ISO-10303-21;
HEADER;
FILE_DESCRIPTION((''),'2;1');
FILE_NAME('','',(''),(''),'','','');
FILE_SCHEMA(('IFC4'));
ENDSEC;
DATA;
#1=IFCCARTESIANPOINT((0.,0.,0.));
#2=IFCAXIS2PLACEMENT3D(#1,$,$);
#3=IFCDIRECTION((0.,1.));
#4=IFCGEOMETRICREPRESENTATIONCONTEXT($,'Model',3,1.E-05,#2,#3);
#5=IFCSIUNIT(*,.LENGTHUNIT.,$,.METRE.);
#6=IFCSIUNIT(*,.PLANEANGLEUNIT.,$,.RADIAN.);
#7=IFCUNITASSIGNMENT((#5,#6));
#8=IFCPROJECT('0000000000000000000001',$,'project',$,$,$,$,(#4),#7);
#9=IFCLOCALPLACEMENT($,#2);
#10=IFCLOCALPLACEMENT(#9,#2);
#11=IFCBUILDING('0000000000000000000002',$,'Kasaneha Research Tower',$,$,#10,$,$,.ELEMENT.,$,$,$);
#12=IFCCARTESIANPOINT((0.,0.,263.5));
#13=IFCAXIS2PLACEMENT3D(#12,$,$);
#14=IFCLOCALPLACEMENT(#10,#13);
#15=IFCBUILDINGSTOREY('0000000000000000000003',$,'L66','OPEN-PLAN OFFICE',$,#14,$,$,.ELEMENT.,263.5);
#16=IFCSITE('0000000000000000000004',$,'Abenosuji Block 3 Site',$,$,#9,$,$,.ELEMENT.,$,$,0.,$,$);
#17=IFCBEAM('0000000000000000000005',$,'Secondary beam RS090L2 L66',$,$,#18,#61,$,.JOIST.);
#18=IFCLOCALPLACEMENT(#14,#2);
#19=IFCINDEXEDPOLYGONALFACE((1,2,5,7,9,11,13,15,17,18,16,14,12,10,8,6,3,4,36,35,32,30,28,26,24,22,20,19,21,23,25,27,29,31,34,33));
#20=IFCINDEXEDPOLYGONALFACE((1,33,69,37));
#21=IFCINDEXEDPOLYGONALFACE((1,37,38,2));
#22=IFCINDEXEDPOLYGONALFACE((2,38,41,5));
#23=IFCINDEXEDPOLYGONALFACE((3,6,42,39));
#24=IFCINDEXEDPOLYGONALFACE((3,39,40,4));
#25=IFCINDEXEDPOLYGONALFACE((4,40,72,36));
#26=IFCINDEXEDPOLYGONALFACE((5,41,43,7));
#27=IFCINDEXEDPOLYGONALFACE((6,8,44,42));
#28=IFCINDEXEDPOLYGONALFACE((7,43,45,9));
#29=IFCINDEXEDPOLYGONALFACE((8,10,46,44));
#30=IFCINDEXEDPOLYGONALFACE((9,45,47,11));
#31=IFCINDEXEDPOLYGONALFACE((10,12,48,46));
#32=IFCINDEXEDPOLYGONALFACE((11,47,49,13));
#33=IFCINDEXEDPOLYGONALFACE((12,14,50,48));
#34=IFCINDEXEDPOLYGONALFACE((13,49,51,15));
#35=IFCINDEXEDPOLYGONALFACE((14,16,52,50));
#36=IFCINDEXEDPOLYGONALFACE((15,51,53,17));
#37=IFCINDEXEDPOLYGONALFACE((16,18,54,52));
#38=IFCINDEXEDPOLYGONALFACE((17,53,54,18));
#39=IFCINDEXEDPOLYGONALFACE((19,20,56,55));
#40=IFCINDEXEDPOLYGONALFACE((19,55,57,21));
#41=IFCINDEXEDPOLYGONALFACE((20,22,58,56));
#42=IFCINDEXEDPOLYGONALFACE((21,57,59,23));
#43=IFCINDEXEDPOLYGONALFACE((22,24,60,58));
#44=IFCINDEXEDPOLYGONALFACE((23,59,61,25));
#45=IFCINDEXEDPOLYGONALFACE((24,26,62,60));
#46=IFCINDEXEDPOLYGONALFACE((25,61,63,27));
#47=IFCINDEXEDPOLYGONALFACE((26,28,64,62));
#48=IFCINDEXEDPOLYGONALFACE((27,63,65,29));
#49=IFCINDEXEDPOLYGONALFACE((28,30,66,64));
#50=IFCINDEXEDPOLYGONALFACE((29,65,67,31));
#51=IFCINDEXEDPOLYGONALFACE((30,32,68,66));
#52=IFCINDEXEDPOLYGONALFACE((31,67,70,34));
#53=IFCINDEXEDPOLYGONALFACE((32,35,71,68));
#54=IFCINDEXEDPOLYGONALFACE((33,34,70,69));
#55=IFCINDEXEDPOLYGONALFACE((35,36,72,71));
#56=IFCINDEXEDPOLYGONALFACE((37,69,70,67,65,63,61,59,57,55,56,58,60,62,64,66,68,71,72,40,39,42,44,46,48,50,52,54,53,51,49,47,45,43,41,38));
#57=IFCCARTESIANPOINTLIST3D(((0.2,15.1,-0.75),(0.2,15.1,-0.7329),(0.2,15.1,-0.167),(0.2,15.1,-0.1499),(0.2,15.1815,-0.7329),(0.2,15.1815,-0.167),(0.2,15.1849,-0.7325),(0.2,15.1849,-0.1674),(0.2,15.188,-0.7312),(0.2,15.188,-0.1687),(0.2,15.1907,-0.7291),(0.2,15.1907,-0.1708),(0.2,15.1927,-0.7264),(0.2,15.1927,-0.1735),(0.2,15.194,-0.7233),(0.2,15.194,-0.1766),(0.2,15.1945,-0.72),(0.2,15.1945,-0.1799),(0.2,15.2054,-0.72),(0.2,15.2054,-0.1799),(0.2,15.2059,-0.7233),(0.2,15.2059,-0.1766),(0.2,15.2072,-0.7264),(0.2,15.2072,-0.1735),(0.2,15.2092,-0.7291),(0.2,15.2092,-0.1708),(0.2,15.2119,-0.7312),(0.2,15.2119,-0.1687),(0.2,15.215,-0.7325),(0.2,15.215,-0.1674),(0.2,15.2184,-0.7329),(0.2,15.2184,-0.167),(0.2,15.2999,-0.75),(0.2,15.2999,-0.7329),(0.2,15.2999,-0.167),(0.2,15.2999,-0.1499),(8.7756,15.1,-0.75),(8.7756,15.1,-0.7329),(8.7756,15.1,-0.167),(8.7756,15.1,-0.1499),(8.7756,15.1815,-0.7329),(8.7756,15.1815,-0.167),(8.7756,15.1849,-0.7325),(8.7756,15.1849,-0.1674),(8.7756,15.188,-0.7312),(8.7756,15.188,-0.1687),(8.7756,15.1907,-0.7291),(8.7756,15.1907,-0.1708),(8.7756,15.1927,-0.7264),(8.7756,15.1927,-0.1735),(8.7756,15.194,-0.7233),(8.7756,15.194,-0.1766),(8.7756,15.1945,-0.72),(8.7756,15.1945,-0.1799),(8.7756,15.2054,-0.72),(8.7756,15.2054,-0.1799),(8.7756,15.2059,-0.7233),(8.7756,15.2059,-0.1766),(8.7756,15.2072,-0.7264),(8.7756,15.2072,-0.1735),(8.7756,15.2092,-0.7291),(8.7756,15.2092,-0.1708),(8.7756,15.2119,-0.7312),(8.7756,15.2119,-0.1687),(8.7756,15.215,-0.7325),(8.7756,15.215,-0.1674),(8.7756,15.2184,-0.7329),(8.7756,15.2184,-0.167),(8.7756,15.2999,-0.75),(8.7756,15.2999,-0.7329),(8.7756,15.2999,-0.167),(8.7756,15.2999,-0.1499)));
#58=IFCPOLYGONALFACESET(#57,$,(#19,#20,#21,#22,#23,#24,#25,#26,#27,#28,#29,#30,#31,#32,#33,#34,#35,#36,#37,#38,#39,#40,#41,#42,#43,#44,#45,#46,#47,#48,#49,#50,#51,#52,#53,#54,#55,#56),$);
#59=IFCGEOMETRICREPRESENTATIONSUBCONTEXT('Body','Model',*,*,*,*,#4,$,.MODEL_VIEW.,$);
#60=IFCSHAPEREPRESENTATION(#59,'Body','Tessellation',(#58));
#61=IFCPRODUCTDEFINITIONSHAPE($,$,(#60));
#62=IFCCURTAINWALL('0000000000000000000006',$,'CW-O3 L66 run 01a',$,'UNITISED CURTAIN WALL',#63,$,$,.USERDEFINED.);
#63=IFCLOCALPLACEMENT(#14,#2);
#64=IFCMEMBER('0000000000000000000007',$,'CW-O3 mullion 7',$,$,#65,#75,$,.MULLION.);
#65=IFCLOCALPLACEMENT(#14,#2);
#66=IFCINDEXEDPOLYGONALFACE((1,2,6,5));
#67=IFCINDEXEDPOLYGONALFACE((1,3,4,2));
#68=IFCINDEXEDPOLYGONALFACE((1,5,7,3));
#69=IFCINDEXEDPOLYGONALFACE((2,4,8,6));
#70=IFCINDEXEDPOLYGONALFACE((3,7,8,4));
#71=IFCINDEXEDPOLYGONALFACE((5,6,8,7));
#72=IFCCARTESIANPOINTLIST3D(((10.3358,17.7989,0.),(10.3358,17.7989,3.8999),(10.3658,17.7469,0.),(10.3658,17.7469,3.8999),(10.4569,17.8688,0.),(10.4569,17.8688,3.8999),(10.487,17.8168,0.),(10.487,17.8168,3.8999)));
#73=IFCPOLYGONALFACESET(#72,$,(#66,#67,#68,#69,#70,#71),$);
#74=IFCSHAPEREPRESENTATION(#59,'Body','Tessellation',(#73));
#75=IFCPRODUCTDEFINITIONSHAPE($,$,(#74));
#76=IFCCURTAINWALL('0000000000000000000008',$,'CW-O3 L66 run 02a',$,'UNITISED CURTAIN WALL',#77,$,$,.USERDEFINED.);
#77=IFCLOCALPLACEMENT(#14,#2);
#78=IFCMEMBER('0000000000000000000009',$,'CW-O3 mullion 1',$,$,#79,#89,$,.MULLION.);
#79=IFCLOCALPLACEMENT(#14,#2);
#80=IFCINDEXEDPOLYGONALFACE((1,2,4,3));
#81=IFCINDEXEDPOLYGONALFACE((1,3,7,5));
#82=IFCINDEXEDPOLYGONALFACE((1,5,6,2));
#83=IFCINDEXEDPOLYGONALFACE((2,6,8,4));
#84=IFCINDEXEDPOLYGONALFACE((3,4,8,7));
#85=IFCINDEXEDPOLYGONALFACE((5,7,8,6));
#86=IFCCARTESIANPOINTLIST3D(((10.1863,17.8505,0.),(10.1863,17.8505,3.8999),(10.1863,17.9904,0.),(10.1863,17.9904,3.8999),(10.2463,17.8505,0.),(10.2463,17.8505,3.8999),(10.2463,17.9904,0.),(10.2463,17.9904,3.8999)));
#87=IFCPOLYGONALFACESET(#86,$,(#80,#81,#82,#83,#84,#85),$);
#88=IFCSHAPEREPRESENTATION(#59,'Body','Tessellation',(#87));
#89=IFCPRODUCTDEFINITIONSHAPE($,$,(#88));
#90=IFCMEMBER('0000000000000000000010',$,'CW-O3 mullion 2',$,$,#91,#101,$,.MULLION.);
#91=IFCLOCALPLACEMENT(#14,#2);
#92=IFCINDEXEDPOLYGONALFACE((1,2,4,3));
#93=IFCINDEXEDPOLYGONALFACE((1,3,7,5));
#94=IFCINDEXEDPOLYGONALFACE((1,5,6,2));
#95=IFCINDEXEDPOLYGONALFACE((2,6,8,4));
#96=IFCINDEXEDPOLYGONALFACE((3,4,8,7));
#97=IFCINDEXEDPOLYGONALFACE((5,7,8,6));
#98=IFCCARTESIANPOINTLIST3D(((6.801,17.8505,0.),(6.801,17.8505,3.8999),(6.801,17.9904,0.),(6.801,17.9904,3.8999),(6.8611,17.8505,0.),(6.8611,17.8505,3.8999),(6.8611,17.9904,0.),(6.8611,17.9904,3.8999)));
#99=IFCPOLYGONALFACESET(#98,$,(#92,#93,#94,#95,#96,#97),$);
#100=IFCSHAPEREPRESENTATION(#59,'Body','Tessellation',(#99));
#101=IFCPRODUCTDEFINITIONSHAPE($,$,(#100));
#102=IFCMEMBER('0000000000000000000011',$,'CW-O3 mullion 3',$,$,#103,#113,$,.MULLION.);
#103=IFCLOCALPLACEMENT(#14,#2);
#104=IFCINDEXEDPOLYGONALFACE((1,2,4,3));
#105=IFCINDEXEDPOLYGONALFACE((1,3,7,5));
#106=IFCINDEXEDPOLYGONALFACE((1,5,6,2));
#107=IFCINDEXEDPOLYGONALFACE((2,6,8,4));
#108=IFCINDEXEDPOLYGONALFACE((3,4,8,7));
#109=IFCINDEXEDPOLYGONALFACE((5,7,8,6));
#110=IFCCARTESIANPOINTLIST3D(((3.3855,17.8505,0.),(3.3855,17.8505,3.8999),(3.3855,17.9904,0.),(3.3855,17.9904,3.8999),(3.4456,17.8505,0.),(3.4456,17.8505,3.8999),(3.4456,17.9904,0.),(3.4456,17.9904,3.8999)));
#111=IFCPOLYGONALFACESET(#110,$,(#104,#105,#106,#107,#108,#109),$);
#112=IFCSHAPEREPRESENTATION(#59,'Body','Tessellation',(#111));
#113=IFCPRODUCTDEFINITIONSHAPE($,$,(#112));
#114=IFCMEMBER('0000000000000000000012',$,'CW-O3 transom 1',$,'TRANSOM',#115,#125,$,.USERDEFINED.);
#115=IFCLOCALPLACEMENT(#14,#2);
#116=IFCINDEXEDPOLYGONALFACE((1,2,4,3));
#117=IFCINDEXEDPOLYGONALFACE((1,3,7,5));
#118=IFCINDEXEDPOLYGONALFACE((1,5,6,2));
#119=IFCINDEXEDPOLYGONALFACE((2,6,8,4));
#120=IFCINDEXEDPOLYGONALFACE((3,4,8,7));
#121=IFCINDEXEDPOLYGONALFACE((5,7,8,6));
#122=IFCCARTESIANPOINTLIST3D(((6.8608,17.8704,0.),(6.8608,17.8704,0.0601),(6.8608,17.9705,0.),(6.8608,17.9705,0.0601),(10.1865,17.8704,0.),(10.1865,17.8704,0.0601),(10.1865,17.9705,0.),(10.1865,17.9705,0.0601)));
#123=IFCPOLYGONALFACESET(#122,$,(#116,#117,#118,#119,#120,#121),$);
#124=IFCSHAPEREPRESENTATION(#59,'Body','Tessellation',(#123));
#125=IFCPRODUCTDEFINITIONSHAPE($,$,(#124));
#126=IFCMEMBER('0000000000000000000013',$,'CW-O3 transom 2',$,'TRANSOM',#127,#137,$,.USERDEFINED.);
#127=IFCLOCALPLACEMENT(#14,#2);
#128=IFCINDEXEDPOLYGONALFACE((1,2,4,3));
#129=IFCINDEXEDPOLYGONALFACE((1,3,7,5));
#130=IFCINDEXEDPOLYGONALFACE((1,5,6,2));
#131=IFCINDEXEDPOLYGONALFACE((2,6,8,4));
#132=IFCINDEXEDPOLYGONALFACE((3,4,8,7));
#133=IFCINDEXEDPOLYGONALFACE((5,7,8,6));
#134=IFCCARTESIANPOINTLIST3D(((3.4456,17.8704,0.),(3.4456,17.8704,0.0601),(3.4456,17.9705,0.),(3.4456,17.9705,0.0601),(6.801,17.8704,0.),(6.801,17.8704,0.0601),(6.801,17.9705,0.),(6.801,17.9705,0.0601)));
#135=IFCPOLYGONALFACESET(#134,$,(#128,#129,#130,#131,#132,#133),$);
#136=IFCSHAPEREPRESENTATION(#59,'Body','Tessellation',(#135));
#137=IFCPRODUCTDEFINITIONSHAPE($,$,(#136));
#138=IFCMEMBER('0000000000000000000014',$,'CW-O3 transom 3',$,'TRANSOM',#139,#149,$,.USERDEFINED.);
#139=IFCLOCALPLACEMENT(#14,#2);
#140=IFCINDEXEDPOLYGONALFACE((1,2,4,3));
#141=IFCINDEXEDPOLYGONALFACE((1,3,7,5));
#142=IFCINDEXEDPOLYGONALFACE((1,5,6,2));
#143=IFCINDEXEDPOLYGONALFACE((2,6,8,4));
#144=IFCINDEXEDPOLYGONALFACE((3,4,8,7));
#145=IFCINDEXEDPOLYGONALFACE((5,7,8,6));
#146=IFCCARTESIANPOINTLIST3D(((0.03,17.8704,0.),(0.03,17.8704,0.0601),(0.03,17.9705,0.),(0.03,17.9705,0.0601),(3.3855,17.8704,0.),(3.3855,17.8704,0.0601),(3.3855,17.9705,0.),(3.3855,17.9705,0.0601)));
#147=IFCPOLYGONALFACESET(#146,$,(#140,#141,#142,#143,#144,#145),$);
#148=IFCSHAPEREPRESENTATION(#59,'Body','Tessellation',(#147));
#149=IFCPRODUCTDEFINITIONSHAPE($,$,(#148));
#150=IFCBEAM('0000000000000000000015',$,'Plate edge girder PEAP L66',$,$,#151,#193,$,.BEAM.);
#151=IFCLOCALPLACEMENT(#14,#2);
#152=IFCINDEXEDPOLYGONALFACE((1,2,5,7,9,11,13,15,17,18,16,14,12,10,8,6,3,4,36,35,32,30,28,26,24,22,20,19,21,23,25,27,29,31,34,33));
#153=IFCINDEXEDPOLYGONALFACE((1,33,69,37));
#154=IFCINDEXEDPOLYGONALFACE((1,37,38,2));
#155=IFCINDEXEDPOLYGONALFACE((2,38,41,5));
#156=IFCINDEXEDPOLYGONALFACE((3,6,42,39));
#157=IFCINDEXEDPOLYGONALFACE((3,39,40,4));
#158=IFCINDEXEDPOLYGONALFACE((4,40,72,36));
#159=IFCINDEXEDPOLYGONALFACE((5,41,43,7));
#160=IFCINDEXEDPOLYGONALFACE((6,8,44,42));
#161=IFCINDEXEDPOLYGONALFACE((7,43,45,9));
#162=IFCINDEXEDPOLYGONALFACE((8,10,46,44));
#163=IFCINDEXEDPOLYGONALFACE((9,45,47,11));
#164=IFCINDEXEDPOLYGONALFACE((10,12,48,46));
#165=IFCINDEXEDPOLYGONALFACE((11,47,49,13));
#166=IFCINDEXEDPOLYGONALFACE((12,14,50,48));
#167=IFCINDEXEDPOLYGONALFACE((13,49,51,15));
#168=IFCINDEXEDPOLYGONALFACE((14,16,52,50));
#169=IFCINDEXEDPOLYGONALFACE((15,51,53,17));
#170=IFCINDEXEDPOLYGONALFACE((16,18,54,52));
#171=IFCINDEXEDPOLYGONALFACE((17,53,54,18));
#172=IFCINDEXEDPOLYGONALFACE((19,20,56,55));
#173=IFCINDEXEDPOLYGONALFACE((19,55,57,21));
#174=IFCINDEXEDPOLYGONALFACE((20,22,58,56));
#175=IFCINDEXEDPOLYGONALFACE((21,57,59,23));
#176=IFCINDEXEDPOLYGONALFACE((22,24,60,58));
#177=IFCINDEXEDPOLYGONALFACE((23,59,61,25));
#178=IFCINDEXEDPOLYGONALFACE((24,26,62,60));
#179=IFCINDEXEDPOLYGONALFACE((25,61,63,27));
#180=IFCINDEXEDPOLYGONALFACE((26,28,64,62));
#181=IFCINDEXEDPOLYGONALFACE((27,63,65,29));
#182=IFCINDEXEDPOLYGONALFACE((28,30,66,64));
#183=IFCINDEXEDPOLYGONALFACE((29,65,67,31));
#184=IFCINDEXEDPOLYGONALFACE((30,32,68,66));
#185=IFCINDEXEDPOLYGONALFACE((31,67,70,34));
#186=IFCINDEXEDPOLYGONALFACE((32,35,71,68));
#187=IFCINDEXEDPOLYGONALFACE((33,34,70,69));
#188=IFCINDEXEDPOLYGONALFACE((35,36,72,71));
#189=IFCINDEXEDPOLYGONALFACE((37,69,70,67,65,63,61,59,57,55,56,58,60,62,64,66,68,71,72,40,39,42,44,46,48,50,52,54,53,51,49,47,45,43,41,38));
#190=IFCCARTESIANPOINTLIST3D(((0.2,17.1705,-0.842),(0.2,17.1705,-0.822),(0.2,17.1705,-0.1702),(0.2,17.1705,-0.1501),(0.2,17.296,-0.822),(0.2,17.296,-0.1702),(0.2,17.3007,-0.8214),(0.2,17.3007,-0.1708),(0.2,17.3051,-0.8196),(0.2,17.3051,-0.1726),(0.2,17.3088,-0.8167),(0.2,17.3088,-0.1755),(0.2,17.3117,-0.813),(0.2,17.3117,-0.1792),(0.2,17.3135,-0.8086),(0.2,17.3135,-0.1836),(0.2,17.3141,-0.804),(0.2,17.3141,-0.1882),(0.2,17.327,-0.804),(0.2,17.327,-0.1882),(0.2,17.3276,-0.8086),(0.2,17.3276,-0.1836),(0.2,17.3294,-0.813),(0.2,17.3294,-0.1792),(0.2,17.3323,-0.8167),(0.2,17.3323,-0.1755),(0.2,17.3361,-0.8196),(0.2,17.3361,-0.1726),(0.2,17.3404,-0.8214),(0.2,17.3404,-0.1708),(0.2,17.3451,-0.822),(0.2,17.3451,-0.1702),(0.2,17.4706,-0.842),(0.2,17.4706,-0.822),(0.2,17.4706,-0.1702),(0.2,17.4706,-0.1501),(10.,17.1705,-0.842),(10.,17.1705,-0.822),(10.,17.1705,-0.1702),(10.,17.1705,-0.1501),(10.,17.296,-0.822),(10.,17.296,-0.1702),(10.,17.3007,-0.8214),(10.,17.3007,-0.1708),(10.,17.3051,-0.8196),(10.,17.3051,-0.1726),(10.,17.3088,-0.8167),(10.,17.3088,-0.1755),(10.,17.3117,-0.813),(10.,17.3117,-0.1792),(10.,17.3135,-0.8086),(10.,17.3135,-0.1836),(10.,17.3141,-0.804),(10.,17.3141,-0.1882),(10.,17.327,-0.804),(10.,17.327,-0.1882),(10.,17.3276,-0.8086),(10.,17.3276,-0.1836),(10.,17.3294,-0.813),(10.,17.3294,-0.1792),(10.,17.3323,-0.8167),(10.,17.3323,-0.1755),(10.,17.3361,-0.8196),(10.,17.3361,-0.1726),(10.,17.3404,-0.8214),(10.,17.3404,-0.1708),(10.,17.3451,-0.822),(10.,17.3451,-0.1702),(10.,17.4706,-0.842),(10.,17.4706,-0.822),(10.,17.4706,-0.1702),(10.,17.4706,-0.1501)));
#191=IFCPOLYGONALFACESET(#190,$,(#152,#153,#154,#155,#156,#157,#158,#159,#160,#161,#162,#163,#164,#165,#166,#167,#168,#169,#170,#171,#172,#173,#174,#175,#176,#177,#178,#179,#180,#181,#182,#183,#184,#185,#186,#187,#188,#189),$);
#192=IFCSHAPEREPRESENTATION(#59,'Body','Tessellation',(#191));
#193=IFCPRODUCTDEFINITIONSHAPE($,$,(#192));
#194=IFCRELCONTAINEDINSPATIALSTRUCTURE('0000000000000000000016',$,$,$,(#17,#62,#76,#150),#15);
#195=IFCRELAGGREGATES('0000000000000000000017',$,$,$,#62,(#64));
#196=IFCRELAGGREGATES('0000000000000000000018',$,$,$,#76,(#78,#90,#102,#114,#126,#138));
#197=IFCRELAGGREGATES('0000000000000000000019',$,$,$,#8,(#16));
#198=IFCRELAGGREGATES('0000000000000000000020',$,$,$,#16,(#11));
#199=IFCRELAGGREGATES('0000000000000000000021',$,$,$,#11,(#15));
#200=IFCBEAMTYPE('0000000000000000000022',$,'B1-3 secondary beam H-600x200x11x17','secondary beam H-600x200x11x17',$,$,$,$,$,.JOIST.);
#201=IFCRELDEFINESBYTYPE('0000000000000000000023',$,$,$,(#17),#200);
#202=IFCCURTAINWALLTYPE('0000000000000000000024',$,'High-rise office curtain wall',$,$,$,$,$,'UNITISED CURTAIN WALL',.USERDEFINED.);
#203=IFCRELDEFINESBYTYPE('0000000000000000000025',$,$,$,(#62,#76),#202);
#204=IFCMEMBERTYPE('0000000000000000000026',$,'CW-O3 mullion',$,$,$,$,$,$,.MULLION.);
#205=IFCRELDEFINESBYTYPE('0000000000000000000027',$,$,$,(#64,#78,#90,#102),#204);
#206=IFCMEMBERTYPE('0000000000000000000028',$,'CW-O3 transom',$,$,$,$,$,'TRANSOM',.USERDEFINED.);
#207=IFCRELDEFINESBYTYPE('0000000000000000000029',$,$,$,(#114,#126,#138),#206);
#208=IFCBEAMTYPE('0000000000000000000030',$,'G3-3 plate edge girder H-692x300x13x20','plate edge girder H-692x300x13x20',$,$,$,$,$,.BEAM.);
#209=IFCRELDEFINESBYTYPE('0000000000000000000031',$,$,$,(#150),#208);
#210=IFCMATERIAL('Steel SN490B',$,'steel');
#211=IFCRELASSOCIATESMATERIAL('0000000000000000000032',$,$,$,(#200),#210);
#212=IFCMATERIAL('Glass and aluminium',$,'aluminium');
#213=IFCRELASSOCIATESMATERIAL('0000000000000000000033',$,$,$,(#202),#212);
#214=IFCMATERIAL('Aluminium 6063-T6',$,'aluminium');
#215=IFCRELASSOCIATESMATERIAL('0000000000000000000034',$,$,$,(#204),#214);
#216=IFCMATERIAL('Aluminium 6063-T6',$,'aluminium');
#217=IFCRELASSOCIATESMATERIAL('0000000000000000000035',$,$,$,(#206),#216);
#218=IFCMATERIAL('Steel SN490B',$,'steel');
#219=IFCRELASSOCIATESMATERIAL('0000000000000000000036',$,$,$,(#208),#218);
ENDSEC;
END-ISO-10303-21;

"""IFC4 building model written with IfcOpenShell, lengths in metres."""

from ifc_helpers import new_model, si_unit, direction, frame, origin, origin_2d, place, context, subcontext, project, spatial, rectangle, i_section, extrude, material, material_profile, profile_set, type_object, element, aggregate, save


model = new_model("IFC4")

# Units and contexts
model_context = context("Model", 3, precision=1e-05, world=origin(), true_north=direction((0.0, 1.0)))
body_context = subcontext(model_context, "Body", "Model", "MODEL_VIEW")
ifc_project = project(units=[si_unit("LENGTHUNIT", "METRE"), si_unit("PLANEANGLEUNIT", "RADIAN")], contexts=[model_context])

# Site, building, storey
site_placement = place(None, origin())
site = spatial("IfcSite", under=ifc_project, at=site_placement, Name="Abenosuji Block 3 Site", CompositionType="ELEMENT", RefElevation=0.0)
building_placement = place(site_placement, origin())
building = spatial("IfcBuilding", under=site, at=building_placement, Name="Kasaneha Research Tower", CompositionType="ELEMENT")
storey_placement = place(building_placement, frame((0.0, 0.0, 263.5)))
storey = spatial("IfcBuildingStorey", under=building, at=storey_placement, Name="L66", Description="OPEN-PLAN OFFICE", CompositionType="ELEMENT", Elevation=263.5)

# Beam
ifc_material_1 = material(Name="Steel SN490B", Category="steel")
ifc_material_profile_1 = material_profile(ifc_material_1, i_section(OverallWidth=0.2, OverallDepth=0.6001, WebThickness=0.011, FlangeThickness=0.0171, FilletRadius=0.0129, at=origin_2d()), Name="H-600x200x11x17")
ifc_profile_set_1 = profile_set([ifc_material_profile_1], Name="Steel SN490B")
beam_type_1 = type_object("IfcBeamType", Name="B1-3 secondary beam H-600x200x11x17", Description="secondary beam H-600x200x11x17", PredefinedType="JOIST", material=ifc_profile_set_1)
beam_1_placement = place(storey_placement, frame((8.7756, 15.2, -0.45), z_axis=(-1.0, 0.0, 0.0), x_axis=(0.0, -1.0, 0.0)))
element("IfcBeam", 1, at=beam_1_placement, inside=storey, type_object=beam_type_1, Name="Secondary beam RS090L2 L66", PredefinedType="JOIST", context=body_context, shape_type="SweptSolid", body=[
    extrude(i_section(OverallWidth=0.2, OverallDepth=0.6001, WebThickness=0.011, FlangeThickness=0.0171, FilletRadius=0.0129, at=origin_2d()), origin(), (0.0, 0.0, 1.0), 8.5757),
])

# Curtain wall, member
ifc_material_2 = material(Name="Glass and aluminium", Category="aluminium")
curtain_wall_type = type_object("IfcCurtainWallType", Name="High-rise office curtain wall", ElementType="UNITISED CURTAIN WALL", PredefinedType="USERDEFINED", material=ifc_material_2)
curtain_wall_1_placement = place(storey_placement, origin())
curtain_wall_1 = element("IfcCurtainWall", 2, at=curtain_wall_1_placement, inside=storey, type_object=curtain_wall_type, Name="CW-O3 L66 run 01a", ObjectType="UNITISED CURTAIN WALL", PredefinedType="USERDEFINED")
ifc_material_3 = material(Name="Aluminium 6063-T6", Category="aluminium")
ifc_material_profile_2 = material_profile(ifc_material_3, rectangle(XDim=0.0601, YDim=0.1399, at=origin_2d()), Name="CW-O3 mullion 60x140")
ifc_profile_set_2 = profile_set([ifc_material_profile_2], Name="Aluminium 6063-T6")
member_type_1 = type_object("IfcMemberType", Name="CW-O3 mullion", PredefinedType="MULLION", material=ifc_profile_set_2)
member_1_placement = place(storey_placement, frame((10.4114, 17.8079, 0.0), z_axis=(0.0, 0.0, 1.0), x_axis=(-0.5, 0.866025, 0.0)))
member_1 = element("IfcMember", 3, at=member_1_placement, type_object=member_type_1, Name="CW-O3 mullion 7", PredefinedType="MULLION", context=body_context, shape_type="SweptSolid", body=[
    extrude(rectangle(XDim=0.0601, YDim=0.1399, at=origin_2d()), origin(), (0.0, 0.0, 1.0), 3.8999),
])

# Curtain wall, members
curtain_wall_2_placement = place(storey_placement, origin())
curtain_wall_2 = element("IfcCurtainWall", 4, at=curtain_wall_2_placement, inside=storey, type_object=curtain_wall_type, Name="CW-O3 L66 run 02a", ObjectType="UNITISED CURTAIN WALL", PredefinedType="USERDEFINED")
member_2_placement = place(storey_placement, frame((10.2163, 17.9204, 0.0), z_axis=(0.0, 0.0, 1.0), x_axis=(-1.0, 0.0, 0.0)))
member_2 = element("IfcMember", 5, at=member_2_placement, type_object=member_type_1, Name="CW-O3 mullion 1", PredefinedType="MULLION", context=body_context, shape_type="SweptSolid", body=[
    extrude(rectangle(XDim=0.0601, YDim=0.1399, at=origin_2d()), origin(), (0.0, 0.0, 1.0), 3.8999),
])
member_3_placement = place(storey_placement, frame((6.8311, 17.9204, 0.0), z_axis=(0.0, 0.0, 1.0), x_axis=(-1.0, 0.0, 0.0)))
member_3 = element("IfcMember", 6, at=member_3_placement, type_object=member_type_1, Name="CW-O3 mullion 2", PredefinedType="MULLION", context=body_context, shape_type="SweptSolid", body=[
    extrude(rectangle(XDim=0.0601, YDim=0.1399, at=origin_2d()), origin(), (0.0, 0.0, 1.0), 3.8999),
])
member_4_placement = place(storey_placement, frame((3.4155, 17.9204, 0.0), z_axis=(0.0, 0.0, 1.0), x_axis=(-1.0, 0.0, 0.0)))
member_4 = element("IfcMember", 7, at=member_4_placement, type_object=member_type_1, Name="CW-O3 mullion 3", PredefinedType="MULLION", context=body_context, shape_type="SweptSolid", body=[
    extrude(rectangle(XDim=0.0601, YDim=0.1399, at=origin_2d()), origin(), (0.0, 0.0, 1.0), 3.8999),
])
ifc_material_4 = material(Name="Aluminium 6063-T6", Category="aluminium")
ifc_material_profile_3 = material_profile(ifc_material_4, rectangle(XDim=0.1001, YDim=0.0601, at=origin_2d()), Name="CW-O3 transom 100x60")
ifc_profile_set_3 = profile_set([ifc_material_profile_3], Name="Aluminium 6063-T6")
member_type_2 = type_object("IfcMemberType", Name="CW-O3 transom", ElementType="TRANSOM", PredefinedType="USERDEFINED", material=ifc_profile_set_3)
member_5_placement = place(storey_placement, frame((10.1865, 17.9204, 0.03), z_axis=(-1.0, 0.0, 0.0), x_axis=(0.0, -1.0, 0.0)))
member_5 = element("IfcMember", 8, at=member_5_placement, type_object=member_type_2, Name="CW-O3 transom 1", ObjectType="TRANSOM", PredefinedType="USERDEFINED", context=body_context, shape_type="SweptSolid", body=[
    extrude(rectangle(XDim=0.1001, YDim=0.0601, at=origin_2d()), origin(), (0.0, 0.0, 1.0), 3.3257),
])
member_6_placement = place(storey_placement, frame((6.801, 17.9204, 0.03), z_axis=(-1.0, 0.0, 0.0), x_axis=(0.0, -1.0, 0.0)))
member_6 = element("IfcMember", 9, at=member_6_placement, type_object=member_type_2, Name="CW-O3 transom 2", ObjectType="TRANSOM", PredefinedType="USERDEFINED", context=body_context, shape_type="SweptSolid", body=[
    extrude(rectangle(XDim=0.1001, YDim=0.0601, at=origin_2d()), origin(), (0.0, 0.0, 1.0), 3.3555),
])
member_7_placement = place(storey_placement, frame((3.3855, 17.9204, 0.03), z_axis=(-1.0, 0.0, 0.0), x_axis=(0.0, -1.0, 0.0)))
member_7 = element("IfcMember", 10, at=member_7_placement, type_object=member_type_2, Name="CW-O3 transom 3", ObjectType="TRANSOM", PredefinedType="USERDEFINED", context=body_context, shape_type="SweptSolid", body=[
    extrude(rectangle(XDim=0.1001, YDim=0.0601, at=origin_2d()), origin(), (0.0, 0.0, 1.0), 3.3555),
])

# Beam
ifc_material_5 = material(Name="Steel SN490B", Category="steel")
ifc_material_profile_4 = material_profile(ifc_material_5, i_section(OverallWidth=0.3, OverallDepth=0.6919, WebThickness=0.0129, FlangeThickness=0.02, FilletRadius=0.0181, at=origin_2d()), Name="H-692x300x13x20")
ifc_profile_set_4 = profile_set([ifc_material_profile_4], Name="Steel SN490B")
beam_type_2 = type_object("IfcBeamType", Name="G3-3 plate edge girder H-692x300x13x20", Description="plate edge girder H-692x300x13x20", PredefinedType="BEAM", material=ifc_profile_set_4)
beam_2_placement = place(storey_placement, frame((10.0, 17.3206, -0.4961), z_axis=(-1.0, 0.0, 0.0), x_axis=(0.0, -1.0, 0.0)))
element("IfcBeam", 11, at=beam_2_placement, inside=storey, type_object=beam_type_2, Name="Plate edge girder PEAP L66", PredefinedType="BEAM", context=body_context, shape_type="SweptSolid", body=[
    extrude(i_section(OverallWidth=0.3, OverallDepth=0.6919, WebThickness=0.0129, FlangeThickness=0.02, FilletRadius=0.0181, at=origin_2d()), origin(), (0.0, 0.0, 1.0), 9.8),
])

aggregate(curtain_wall_1, [member_1])
aggregate(curtain_wall_2, [member_2, member_3, member_4, member_5, member_6, member_7])

save(model, "model.ifc")
